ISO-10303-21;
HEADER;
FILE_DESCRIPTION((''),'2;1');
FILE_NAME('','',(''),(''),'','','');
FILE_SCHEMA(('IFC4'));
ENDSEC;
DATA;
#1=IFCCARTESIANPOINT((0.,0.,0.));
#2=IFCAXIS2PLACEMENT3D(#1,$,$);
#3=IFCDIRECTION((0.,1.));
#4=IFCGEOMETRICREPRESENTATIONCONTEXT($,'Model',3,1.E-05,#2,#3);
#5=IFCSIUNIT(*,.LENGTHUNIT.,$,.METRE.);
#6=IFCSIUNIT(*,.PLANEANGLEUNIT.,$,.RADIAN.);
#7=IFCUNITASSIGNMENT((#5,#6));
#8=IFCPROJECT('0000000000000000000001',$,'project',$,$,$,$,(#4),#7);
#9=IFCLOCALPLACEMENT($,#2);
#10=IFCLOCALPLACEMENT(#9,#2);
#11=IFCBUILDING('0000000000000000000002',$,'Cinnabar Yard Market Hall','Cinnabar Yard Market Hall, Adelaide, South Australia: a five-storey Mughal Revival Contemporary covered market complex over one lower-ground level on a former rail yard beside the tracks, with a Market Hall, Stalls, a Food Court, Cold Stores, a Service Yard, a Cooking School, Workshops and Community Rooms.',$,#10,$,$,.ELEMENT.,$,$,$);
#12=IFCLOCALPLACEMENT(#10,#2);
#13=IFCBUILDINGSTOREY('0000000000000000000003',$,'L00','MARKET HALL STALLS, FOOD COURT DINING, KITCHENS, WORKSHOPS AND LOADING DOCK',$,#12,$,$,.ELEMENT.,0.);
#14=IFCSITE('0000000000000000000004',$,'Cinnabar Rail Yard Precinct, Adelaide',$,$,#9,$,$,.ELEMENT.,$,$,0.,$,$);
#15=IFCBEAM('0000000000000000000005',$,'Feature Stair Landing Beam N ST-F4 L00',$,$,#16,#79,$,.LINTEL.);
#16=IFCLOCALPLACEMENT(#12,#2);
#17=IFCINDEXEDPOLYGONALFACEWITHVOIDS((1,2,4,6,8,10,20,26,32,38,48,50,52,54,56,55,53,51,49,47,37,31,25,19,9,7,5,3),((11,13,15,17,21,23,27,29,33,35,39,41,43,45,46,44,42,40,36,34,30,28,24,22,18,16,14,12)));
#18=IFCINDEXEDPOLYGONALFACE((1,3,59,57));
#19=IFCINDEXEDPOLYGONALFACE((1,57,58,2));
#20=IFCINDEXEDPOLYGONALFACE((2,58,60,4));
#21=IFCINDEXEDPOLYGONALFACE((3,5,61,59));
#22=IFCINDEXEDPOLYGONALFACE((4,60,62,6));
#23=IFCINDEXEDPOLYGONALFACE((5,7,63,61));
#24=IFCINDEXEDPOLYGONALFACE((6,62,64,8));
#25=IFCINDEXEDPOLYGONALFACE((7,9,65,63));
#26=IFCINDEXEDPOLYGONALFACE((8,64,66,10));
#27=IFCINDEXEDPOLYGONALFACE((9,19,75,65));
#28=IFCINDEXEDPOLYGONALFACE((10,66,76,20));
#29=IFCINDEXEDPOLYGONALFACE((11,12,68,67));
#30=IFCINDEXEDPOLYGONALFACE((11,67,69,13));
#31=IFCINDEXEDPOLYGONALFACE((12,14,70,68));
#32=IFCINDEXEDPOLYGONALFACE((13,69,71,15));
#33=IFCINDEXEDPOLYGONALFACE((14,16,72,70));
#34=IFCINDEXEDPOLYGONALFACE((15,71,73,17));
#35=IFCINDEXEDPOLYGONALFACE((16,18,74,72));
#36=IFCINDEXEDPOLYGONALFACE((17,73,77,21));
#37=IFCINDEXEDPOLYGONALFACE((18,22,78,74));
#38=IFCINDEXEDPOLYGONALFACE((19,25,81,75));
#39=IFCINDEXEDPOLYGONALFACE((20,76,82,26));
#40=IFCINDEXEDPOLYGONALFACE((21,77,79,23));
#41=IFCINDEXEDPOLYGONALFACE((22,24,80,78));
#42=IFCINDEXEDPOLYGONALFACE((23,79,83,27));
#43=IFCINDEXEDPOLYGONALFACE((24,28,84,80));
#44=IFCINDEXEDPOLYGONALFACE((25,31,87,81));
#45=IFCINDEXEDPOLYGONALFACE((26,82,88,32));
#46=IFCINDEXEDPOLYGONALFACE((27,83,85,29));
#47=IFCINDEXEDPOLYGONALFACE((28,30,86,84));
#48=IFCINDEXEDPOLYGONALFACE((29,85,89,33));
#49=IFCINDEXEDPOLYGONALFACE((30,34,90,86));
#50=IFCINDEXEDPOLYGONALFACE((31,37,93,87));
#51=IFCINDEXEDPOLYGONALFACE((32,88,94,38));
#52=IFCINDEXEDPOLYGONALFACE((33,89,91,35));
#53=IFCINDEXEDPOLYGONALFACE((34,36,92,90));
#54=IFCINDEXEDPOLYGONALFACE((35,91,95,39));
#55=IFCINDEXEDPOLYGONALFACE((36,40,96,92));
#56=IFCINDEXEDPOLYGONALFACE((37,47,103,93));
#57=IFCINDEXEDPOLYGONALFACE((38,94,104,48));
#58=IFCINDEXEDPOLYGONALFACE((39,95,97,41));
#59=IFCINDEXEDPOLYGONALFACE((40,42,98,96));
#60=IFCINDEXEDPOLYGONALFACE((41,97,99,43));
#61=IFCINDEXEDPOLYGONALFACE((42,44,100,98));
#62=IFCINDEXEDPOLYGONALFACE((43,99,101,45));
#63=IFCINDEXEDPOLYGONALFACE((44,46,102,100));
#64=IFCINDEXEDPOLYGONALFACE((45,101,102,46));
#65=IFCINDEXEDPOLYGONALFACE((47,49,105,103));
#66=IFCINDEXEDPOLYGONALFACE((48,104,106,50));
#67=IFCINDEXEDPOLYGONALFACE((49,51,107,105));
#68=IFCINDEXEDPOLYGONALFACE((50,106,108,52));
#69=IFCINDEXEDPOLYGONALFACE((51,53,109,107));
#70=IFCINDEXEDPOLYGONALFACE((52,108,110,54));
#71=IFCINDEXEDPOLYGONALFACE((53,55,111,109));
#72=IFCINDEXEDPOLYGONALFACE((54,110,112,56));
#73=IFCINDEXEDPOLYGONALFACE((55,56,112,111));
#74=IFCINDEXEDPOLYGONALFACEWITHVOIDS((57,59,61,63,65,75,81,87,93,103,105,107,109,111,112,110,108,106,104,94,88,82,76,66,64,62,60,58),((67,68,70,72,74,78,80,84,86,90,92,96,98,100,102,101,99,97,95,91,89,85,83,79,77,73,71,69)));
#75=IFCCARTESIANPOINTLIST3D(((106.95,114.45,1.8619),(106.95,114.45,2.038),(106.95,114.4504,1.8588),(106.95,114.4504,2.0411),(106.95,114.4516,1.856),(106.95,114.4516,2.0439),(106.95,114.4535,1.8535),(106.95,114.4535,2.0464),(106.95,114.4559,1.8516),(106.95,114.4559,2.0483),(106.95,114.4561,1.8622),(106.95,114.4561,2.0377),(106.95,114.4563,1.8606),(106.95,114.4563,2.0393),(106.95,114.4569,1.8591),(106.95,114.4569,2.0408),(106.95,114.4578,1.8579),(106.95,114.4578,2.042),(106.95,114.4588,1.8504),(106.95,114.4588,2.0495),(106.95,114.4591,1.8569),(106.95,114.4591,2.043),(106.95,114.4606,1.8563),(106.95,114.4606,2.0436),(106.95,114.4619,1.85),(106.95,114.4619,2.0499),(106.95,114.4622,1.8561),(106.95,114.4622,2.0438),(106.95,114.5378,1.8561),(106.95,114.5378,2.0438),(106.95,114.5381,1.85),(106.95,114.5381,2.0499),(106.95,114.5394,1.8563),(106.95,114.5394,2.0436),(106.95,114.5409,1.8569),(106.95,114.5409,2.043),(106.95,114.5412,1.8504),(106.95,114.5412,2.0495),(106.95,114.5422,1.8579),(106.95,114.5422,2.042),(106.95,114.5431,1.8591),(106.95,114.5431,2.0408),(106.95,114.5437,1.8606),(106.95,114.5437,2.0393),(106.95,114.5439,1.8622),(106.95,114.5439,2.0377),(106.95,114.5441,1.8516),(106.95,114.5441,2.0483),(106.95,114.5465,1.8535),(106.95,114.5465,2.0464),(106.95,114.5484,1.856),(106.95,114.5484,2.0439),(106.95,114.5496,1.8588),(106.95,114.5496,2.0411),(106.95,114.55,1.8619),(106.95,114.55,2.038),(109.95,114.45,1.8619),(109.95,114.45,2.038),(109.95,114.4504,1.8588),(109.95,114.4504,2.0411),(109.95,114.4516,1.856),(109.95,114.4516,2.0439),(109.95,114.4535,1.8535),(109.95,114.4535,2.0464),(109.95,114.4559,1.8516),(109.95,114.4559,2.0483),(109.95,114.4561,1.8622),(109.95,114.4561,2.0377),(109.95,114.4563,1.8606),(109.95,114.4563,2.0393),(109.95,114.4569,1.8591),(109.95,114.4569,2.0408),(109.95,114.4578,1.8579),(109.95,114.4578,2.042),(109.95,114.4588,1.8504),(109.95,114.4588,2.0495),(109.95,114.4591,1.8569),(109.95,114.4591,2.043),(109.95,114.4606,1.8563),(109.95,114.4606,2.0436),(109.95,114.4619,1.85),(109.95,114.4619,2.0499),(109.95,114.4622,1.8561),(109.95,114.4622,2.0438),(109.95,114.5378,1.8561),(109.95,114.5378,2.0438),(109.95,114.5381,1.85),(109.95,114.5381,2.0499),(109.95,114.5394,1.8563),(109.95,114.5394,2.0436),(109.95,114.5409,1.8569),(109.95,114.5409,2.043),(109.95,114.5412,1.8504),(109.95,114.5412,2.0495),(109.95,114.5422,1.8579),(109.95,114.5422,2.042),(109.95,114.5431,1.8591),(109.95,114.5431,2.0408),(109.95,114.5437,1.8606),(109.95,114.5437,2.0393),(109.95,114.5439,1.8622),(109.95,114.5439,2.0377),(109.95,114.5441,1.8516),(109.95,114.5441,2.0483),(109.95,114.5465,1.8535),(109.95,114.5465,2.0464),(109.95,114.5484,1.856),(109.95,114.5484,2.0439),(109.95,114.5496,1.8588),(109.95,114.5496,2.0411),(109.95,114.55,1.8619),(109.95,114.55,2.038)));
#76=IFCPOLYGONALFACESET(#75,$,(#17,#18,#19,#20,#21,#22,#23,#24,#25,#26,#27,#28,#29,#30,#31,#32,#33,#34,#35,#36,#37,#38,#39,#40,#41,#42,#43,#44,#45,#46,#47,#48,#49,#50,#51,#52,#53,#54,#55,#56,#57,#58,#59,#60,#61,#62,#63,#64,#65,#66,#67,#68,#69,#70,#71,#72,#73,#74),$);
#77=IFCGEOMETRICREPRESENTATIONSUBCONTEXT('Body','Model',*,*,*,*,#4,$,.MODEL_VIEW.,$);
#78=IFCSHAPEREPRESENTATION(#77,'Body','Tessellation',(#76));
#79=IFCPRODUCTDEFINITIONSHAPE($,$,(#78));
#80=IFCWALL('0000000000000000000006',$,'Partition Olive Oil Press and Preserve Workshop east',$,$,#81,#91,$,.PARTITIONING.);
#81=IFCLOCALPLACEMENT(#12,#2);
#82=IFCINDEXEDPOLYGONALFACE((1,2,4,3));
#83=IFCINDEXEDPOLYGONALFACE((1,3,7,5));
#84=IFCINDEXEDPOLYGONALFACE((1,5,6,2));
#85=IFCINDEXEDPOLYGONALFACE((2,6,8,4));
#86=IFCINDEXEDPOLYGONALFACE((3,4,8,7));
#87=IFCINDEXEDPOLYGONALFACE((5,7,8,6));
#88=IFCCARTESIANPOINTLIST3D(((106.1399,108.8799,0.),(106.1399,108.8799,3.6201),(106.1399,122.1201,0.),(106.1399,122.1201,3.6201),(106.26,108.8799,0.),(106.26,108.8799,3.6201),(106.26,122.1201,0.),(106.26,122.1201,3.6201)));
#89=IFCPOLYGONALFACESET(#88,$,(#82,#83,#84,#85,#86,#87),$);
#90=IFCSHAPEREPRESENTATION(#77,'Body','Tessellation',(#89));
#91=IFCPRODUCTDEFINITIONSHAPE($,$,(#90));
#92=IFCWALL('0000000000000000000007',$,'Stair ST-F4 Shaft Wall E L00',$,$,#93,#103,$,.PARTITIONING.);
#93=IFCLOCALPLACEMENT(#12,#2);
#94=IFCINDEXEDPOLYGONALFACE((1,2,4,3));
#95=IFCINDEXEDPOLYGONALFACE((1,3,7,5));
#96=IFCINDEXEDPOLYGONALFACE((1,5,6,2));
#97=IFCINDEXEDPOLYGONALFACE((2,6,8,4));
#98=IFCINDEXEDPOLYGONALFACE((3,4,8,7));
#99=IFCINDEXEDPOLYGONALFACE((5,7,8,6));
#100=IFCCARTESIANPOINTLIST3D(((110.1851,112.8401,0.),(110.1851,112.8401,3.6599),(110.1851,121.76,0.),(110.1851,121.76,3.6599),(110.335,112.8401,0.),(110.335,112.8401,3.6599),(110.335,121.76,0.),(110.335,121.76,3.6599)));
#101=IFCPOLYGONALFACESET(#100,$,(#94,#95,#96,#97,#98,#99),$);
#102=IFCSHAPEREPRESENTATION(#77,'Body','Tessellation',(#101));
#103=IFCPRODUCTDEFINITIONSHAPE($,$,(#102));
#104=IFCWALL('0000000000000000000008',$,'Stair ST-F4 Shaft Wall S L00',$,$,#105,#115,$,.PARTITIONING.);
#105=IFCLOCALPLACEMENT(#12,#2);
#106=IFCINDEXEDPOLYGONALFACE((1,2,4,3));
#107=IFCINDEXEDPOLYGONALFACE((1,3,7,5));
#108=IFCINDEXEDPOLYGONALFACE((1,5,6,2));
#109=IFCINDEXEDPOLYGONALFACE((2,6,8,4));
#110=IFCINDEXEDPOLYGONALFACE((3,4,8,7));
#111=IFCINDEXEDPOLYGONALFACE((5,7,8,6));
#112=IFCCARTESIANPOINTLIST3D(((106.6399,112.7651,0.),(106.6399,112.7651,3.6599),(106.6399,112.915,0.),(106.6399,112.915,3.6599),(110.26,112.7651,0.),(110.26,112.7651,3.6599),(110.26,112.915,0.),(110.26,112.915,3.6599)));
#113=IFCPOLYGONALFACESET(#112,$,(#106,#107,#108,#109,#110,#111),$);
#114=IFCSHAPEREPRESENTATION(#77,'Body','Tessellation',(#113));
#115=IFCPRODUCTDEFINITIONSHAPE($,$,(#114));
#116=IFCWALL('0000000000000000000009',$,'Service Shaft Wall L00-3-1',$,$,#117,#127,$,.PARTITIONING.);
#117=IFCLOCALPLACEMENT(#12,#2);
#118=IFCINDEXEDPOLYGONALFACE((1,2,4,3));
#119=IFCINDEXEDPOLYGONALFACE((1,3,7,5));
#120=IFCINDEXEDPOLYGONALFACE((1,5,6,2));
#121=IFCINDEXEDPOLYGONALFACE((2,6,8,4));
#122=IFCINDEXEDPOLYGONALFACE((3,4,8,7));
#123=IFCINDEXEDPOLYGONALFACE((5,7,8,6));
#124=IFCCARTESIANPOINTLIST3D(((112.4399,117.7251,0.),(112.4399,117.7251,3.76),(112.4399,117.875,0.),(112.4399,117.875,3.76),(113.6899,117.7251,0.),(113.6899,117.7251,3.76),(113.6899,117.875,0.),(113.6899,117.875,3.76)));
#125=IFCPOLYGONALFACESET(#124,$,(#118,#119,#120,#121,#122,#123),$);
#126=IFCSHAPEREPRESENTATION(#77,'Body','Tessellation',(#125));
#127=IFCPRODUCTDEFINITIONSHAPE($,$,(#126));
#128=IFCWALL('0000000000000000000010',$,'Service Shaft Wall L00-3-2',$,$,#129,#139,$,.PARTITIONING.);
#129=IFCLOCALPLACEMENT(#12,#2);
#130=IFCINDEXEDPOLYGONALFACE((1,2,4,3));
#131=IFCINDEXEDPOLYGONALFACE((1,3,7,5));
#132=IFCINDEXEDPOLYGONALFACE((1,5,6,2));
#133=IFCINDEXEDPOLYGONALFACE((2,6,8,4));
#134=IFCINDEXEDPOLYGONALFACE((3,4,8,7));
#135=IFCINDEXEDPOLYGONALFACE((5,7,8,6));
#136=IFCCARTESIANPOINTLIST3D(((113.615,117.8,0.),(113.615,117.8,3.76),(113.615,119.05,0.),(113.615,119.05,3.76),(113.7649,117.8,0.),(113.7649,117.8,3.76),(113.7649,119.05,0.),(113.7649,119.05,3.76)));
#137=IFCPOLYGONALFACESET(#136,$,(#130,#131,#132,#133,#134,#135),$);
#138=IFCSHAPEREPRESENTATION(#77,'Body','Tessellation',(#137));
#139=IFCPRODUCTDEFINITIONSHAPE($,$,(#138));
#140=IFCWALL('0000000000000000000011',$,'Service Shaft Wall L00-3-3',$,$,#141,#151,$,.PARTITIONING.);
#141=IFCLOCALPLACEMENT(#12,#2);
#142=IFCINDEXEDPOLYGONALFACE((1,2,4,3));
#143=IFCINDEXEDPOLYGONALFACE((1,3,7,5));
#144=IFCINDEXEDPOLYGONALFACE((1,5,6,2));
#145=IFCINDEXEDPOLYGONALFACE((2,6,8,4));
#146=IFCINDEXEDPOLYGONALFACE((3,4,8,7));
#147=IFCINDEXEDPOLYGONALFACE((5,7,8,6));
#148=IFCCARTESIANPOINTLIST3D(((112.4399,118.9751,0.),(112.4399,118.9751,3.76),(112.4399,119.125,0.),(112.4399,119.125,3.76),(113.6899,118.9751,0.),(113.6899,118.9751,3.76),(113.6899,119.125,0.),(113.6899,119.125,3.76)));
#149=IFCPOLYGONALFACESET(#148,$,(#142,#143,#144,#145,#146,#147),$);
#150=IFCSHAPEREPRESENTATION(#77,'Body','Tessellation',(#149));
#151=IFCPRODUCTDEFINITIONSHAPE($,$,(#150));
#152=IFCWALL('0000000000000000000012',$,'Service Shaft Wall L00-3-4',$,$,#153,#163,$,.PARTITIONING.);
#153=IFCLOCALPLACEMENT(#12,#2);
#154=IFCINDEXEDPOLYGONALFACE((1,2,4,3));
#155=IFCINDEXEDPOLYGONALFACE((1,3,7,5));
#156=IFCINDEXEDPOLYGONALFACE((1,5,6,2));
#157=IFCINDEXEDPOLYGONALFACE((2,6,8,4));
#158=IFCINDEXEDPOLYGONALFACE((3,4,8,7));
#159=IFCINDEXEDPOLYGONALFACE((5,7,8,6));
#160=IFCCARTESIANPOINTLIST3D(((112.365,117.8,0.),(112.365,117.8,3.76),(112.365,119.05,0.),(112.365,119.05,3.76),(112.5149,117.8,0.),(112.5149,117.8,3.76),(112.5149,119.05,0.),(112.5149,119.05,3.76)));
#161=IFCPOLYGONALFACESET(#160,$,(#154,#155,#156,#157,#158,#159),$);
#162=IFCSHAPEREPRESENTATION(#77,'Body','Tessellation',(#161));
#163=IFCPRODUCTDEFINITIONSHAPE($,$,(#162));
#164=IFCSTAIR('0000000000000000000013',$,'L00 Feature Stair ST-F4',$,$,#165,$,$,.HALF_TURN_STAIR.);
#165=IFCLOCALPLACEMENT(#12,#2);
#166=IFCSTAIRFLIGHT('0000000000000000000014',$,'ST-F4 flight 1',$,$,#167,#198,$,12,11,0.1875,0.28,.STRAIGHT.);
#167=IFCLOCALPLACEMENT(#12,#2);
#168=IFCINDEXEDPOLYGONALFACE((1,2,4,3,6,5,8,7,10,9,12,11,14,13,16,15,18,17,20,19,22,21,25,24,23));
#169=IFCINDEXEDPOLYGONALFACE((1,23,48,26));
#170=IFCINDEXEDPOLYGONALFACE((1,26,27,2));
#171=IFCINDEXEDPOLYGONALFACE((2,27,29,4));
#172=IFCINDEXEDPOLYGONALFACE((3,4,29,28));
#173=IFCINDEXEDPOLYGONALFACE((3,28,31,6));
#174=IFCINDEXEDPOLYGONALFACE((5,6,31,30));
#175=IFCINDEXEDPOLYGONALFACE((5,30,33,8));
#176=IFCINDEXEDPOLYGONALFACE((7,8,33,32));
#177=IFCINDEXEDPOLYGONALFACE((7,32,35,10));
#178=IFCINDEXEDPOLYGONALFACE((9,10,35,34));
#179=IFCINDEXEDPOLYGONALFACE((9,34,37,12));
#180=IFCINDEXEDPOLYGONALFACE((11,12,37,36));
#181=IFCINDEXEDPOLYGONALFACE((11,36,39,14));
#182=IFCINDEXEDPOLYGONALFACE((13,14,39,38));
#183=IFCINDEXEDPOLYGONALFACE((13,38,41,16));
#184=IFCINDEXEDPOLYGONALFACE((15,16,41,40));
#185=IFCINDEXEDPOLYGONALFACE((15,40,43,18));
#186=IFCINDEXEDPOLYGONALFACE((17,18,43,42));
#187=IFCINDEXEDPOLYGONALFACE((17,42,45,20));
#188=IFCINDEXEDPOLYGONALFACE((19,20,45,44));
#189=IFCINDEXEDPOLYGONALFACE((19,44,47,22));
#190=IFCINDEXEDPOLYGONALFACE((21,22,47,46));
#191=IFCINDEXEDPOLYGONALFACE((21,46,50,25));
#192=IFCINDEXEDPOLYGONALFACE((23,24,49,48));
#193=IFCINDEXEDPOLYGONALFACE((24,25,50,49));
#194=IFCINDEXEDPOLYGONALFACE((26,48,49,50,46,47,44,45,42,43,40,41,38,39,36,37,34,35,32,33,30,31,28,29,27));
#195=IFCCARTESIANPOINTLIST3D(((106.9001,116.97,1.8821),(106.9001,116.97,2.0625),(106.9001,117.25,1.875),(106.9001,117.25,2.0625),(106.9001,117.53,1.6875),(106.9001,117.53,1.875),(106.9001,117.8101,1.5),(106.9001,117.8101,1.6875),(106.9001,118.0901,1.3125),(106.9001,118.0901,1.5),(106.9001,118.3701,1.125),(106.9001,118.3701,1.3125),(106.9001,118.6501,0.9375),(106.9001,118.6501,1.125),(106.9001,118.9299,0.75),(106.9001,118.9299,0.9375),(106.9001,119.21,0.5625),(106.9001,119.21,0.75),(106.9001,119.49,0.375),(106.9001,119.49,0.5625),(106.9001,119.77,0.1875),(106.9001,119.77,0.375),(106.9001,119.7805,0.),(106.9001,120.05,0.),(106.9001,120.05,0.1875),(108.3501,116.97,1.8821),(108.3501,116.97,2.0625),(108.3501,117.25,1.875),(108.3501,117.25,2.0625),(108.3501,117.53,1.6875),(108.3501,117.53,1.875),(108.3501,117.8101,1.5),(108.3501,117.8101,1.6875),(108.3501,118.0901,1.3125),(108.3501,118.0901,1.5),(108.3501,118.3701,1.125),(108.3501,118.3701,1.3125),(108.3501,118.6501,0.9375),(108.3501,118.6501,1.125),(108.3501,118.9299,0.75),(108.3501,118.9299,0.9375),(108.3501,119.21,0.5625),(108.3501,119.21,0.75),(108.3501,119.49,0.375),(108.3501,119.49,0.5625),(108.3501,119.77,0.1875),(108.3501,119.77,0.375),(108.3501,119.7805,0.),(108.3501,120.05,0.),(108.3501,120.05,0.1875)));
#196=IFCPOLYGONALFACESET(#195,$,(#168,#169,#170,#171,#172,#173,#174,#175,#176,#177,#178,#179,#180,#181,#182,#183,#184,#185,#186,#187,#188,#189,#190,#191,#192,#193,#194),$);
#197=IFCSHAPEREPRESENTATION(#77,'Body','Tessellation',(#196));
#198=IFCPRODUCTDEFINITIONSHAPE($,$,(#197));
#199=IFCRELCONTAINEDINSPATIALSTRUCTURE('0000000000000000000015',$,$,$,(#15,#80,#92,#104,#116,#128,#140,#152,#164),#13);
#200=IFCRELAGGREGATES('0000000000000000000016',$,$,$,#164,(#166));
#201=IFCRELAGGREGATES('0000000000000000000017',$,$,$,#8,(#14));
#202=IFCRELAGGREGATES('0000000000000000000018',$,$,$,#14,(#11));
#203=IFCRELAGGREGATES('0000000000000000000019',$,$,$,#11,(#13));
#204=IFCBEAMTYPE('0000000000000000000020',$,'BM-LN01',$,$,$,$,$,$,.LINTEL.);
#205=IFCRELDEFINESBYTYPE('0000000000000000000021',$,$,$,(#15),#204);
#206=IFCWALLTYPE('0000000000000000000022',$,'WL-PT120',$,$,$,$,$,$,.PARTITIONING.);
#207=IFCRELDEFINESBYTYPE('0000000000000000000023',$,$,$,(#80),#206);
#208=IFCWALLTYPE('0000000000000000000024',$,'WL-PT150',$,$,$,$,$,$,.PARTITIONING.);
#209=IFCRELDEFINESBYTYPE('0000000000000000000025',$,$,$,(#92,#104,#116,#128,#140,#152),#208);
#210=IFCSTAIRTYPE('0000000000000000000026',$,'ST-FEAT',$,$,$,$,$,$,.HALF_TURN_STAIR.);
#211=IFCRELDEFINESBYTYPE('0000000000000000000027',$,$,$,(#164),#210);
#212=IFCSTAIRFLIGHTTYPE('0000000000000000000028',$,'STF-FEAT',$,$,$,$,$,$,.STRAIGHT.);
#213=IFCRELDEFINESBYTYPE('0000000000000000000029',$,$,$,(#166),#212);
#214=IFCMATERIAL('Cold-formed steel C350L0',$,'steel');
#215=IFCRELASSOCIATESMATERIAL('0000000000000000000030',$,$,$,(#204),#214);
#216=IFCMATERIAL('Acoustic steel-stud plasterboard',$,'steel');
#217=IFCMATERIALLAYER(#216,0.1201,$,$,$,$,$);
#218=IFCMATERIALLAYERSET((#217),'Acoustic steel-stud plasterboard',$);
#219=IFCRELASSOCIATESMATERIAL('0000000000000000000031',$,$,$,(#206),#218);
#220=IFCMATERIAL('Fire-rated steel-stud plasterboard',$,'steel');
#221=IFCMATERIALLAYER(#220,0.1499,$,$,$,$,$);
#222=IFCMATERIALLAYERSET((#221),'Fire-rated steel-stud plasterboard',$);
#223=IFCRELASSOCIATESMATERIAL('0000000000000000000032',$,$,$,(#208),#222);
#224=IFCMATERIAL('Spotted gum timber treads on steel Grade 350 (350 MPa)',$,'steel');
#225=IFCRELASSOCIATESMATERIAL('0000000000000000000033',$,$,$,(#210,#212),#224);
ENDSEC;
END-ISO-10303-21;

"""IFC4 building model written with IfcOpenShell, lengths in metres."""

from ifc_helpers import new_model, si_unit, direction, frame, frame_2d, origin, origin_2d_with_axis, place, context, subcontext, project, spatial, polyline, rectangle, hollow_rectangle, outline, extrude, material, layer, layer_set, material_profile, profile_set, type_object, element, aggregate, save


model = new_model("IFC4")

# Units and contexts
model_context = context("Model", 3, precision=1e-05, world=origin(), true_north=direction((0.0, 1.0)))
body_context = subcontext(model_context, "Body", "Model", "MODEL_VIEW")
ifc_project = project(units=[si_unit("LENGTHUNIT", "METRE"), si_unit("PLANEANGLEUNIT", "RADIAN")], contexts=[model_context])

# Site, building, storey
site_placement = place(None, origin())
site = spatial("IfcSite", under=ifc_project, at=site_placement, Name="Cinnabar Rail Yard Precinct, Adelaide", CompositionType="ELEMENT", RefElevation=0.0)
building_placement = place(site_placement, origin())
building = spatial("IfcBuilding", under=site, at=building_placement, Name="Cinnabar Yard Market Hall", Description="Cinnabar Yard Market Hall, Adelaide, South Australia: a five-storey Mughal Revival Contemporary covered market complex over one lower-ground level on a former rail yard beside the tracks, with a Market Hall, Stalls, a Food Court, Cold Stores, a Service Yard, a Cooking School, Workshops and Community Rooms.", CompositionType="ELEMENT")
storey_placement = place(building_placement, origin())
storey = spatial("IfcBuildingStorey", under=building, at=storey_placement, Name="L00", Description="MARKET HALL STALLS, FOOD COURT DINING, KITCHENS, WORKSHOPS AND LOADING DOCK", CompositionType="ELEMENT", Elevation=0.0)

# Shared definitions
ifc_material_1 = material(Name="Cold-formed steel C350L0", Category="steel")

# Beam
ifc_material_profile_1 = material_profile(ifc_material_1, hollow_rectangle(XDim=0.1001, YDim=0.2, WallThickness=0.0061, InnerFilletRadius=0.0061, OuterFilletRadius=0.012, at=origin_2d_with_axis()), Name="200x100x6.0RHS")
ifc_profile_set_1 = profile_set([ifc_material_profile_1], Name="Cold-formed steel C350L0")
beam_type_1 = type_object("IfcBeamType", Name="BM-LN01", PredefinedType="LINTEL", material=ifc_profile_set_1)
for number, where, z_axis, x_axis, name in (
    (1, (106.95, 114.5, 1.95), (1.0, 0.0, 0.0), (0.0, 1.0, 0.0), "Feature Stair Landing Beam N ST-F4 L00"),
):
    element("IfcBeam", number, at=place(storey_placement, frame(where, z_axis=z_axis, x_axis=x_axis)), inside=storey, type_object=beam_type_1, Name=name, PredefinedType="LINTEL", context=body_context, shape_type="SweptSolid", body=[
        extrude(hollow_rectangle(XDim=0.1001, YDim=0.2, WallThickness=0.0061, InnerFilletRadius=0.0061, OuterFilletRadius=0.012, at=origin_2d_with_axis()), origin(), (0.0, 0.0, 1.0), 3.0),
    ])

# Walls
ifc_material_2 = material(Name="Acoustic steel-stud plasterboard", Category="steel")
ifc_layer_1 = layer(ifc_material_2, 0.1201)
ifc_layer_set_1 = layer_set([ifc_layer_1], Name="Acoustic steel-stud plasterboard")
wall_type_1 = type_object("IfcWallType", Name="WL-PT120", PredefinedType="PARTITIONING", material=ifc_layer_set_1)
wall_1_placement = place(storey_placement, frame((106.2, 108.8799, 0.0), z_axis=(0.0, 0.0, 1.0), x_axis=(0.0, 1.0, 0.0)))
element("IfcWall", 2, at=wall_1_placement, inside=storey, type_object=wall_type_1, Name="Partition Olive Oil Press and Preserve Workshop east", PredefinedType="PARTITIONING", context=body_context, shape_type="SweptSolid", body=[
    extrude(rectangle(XDim=13.2402, YDim=0.1201, at=frame_2d((6.6201, 0.0), x_axis=(1.0, 0.0))), origin(), (0.0, 0.0, 1.0), 3.6201),
])
ifc_material_3 = material(Name="Fire-rated steel-stud plasterboard", Category="steel")
ifc_layer_2 = layer(ifc_material_3, 0.1499)
ifc_layer_set_2 = layer_set([ifc_layer_2], Name="Fire-rated steel-stud plasterboard")
wall_type_2 = type_object("IfcWallType", Name="WL-PT150", PredefinedType="PARTITIONING", material=ifc_layer_set_2)
wall_2_placement = place(storey_placement, frame((110.26, 112.8401, 0.0), z_axis=(0.0, 0.0, 1.0), x_axis=(0.0, 1.0, 0.0)))
element("IfcWall", 3, at=wall_2_placement, inside=storey, type_object=wall_type_2, Name="Stair ST-F4 Shaft Wall E L00", PredefinedType="PARTITIONING", context=body_context, shape_type="SweptSolid", body=[
    extrude(rectangle(XDim=8.9199, YDim=0.1499, at=frame_2d((4.46, 0.0), x_axis=(1.0, 0.0))), origin(), (0.0, 0.0, 1.0), 3.6599),
])
wall_3_placement = place(storey_placement, frame((106.6399, 112.8401, 0.0), z_axis=(0.0, 0.0, 1.0), x_axis=(1.0, 0.0, 0.0)))
element("IfcWall", 4, at=wall_3_placement, inside=storey, type_object=wall_type_2, Name="Stair ST-F4 Shaft Wall S L00", PredefinedType="PARTITIONING", context=body_context, shape_type="SweptSolid", body=[
    extrude(rectangle(XDim=3.6201, YDim=0.1499, at=frame_2d((1.8101, 0.0), x_axis=(1.0, 0.0))), origin(), (0.0, 0.0, 1.0), 3.6599),
])
for number, where, z_axis, x_axis, name in (
    (5, (112.4399, 117.8, 0.0), (0.0, 0.0, 1.0), (1.0, 0.0, 0.0), "Service Shaft Wall L00-3-1"),
    (6, (113.6899, 117.8, 0.0), (0.0, 0.0, 1.0), (0.0, 1.0, 0.0), "Service Shaft Wall L00-3-2"),
    (7, (113.6899, 119.05, 0.0), (0.0, 0.0, 1.0), (-1.0, 0.0, 0.0), "Service Shaft Wall L00-3-3"),
    (8, (112.4399, 119.05, 0.0), (0.0, 0.0, 1.0), (0.0, -1.0, 0.0), "Service Shaft Wall L00-3-4"),
):
    element("IfcWall", number, at=place(storey_placement, frame(where, z_axis=z_axis, x_axis=x_axis)), inside=storey, type_object=wall_type_2, Name=name, PredefinedType="PARTITIONING", context=body_context, shape_type="SweptSolid", body=[
        extrude(rectangle(XDim=1.25, YDim=0.1499, at=frame_2d((0.625, 0.0), x_axis=(1.0, 0.0))), origin(), (0.0, 0.0, 1.0), 3.76),
    ])

# Stair, stair flight
ifc_material_4 = material(Name="Spotted gum timber treads on steel Grade 350 (350 MPa)", Category="steel")
stair_type = type_object("IfcStairType", Name="ST-FEAT", PredefinedType="HALF_TURN_STAIR", material=ifc_material_4)
stair_placement = place(storey_placement, origin())
stair = element("IfcStair", 9, at=stair_placement, inside=storey, type_object=stair_type, Name="L00 Feature Stair ST-F4", PredefinedType="HALF_TURN_STAIR")
stair_flight_type = type_object("IfcStairFlightType", Name="STF-FEAT", PredefinedType="STRAIGHT", material=ifc_material_4)
stair_flight_1_placement = place(storey_placement, frame((107.625, 120.05, 0.0), z_axis=(0.0, 0.0, 1.0), x_axis=(0.0, -1.0, 0.0)))
stair_flight_1 = element("IfcStairFlight", 10, at=stair_flight_1_placement, type_object=stair_flight_type, Name="ST-F4 flight 1", NumberOfRisers=12, NumberOfTreads=11, PredefinedType="STRAIGHT", RiserHeight=0.1875, TreadLength=0.28, context=body_context, shape_type="SweptSolid", body=[
    extrude(outline(polyline([(0.0, 0.0), (0.0, 0.1875), (0.28, 0.1875), (0.28, 0.375), (0.5601, 0.375), (0.5601, 0.5625), (0.8401, 0.5625), (0.8401, 0.75), (1.1201, 0.75), (1.1201, 0.9375), (1.3999, 0.9375), (1.3999, 1.125), (1.6799, 1.125), (1.6799, 1.3125), (1.96, 1.3125), (1.96, 1.5), (2.24, 1.5), (2.24, 1.6875), (2.52, 1.6875), (2.52, 1.875), (2.8, 1.875), (2.8, 2.0625), (3.0801, 2.0625), (3.0801, 2.25), (3.0801, 1.8821), (0.2695, 0.0), (0.0, 0.0)])), frame((0.0, 0.7251, 0.0), z_axis=(0.0, -1.0, 0.0), x_axis=(1.0, 0.0, 0.0)), (0.0, 0.0, 1.0), 1.45),
])
aggregate(stair, [stair_flight_1])

save(model, "model.ifc")
